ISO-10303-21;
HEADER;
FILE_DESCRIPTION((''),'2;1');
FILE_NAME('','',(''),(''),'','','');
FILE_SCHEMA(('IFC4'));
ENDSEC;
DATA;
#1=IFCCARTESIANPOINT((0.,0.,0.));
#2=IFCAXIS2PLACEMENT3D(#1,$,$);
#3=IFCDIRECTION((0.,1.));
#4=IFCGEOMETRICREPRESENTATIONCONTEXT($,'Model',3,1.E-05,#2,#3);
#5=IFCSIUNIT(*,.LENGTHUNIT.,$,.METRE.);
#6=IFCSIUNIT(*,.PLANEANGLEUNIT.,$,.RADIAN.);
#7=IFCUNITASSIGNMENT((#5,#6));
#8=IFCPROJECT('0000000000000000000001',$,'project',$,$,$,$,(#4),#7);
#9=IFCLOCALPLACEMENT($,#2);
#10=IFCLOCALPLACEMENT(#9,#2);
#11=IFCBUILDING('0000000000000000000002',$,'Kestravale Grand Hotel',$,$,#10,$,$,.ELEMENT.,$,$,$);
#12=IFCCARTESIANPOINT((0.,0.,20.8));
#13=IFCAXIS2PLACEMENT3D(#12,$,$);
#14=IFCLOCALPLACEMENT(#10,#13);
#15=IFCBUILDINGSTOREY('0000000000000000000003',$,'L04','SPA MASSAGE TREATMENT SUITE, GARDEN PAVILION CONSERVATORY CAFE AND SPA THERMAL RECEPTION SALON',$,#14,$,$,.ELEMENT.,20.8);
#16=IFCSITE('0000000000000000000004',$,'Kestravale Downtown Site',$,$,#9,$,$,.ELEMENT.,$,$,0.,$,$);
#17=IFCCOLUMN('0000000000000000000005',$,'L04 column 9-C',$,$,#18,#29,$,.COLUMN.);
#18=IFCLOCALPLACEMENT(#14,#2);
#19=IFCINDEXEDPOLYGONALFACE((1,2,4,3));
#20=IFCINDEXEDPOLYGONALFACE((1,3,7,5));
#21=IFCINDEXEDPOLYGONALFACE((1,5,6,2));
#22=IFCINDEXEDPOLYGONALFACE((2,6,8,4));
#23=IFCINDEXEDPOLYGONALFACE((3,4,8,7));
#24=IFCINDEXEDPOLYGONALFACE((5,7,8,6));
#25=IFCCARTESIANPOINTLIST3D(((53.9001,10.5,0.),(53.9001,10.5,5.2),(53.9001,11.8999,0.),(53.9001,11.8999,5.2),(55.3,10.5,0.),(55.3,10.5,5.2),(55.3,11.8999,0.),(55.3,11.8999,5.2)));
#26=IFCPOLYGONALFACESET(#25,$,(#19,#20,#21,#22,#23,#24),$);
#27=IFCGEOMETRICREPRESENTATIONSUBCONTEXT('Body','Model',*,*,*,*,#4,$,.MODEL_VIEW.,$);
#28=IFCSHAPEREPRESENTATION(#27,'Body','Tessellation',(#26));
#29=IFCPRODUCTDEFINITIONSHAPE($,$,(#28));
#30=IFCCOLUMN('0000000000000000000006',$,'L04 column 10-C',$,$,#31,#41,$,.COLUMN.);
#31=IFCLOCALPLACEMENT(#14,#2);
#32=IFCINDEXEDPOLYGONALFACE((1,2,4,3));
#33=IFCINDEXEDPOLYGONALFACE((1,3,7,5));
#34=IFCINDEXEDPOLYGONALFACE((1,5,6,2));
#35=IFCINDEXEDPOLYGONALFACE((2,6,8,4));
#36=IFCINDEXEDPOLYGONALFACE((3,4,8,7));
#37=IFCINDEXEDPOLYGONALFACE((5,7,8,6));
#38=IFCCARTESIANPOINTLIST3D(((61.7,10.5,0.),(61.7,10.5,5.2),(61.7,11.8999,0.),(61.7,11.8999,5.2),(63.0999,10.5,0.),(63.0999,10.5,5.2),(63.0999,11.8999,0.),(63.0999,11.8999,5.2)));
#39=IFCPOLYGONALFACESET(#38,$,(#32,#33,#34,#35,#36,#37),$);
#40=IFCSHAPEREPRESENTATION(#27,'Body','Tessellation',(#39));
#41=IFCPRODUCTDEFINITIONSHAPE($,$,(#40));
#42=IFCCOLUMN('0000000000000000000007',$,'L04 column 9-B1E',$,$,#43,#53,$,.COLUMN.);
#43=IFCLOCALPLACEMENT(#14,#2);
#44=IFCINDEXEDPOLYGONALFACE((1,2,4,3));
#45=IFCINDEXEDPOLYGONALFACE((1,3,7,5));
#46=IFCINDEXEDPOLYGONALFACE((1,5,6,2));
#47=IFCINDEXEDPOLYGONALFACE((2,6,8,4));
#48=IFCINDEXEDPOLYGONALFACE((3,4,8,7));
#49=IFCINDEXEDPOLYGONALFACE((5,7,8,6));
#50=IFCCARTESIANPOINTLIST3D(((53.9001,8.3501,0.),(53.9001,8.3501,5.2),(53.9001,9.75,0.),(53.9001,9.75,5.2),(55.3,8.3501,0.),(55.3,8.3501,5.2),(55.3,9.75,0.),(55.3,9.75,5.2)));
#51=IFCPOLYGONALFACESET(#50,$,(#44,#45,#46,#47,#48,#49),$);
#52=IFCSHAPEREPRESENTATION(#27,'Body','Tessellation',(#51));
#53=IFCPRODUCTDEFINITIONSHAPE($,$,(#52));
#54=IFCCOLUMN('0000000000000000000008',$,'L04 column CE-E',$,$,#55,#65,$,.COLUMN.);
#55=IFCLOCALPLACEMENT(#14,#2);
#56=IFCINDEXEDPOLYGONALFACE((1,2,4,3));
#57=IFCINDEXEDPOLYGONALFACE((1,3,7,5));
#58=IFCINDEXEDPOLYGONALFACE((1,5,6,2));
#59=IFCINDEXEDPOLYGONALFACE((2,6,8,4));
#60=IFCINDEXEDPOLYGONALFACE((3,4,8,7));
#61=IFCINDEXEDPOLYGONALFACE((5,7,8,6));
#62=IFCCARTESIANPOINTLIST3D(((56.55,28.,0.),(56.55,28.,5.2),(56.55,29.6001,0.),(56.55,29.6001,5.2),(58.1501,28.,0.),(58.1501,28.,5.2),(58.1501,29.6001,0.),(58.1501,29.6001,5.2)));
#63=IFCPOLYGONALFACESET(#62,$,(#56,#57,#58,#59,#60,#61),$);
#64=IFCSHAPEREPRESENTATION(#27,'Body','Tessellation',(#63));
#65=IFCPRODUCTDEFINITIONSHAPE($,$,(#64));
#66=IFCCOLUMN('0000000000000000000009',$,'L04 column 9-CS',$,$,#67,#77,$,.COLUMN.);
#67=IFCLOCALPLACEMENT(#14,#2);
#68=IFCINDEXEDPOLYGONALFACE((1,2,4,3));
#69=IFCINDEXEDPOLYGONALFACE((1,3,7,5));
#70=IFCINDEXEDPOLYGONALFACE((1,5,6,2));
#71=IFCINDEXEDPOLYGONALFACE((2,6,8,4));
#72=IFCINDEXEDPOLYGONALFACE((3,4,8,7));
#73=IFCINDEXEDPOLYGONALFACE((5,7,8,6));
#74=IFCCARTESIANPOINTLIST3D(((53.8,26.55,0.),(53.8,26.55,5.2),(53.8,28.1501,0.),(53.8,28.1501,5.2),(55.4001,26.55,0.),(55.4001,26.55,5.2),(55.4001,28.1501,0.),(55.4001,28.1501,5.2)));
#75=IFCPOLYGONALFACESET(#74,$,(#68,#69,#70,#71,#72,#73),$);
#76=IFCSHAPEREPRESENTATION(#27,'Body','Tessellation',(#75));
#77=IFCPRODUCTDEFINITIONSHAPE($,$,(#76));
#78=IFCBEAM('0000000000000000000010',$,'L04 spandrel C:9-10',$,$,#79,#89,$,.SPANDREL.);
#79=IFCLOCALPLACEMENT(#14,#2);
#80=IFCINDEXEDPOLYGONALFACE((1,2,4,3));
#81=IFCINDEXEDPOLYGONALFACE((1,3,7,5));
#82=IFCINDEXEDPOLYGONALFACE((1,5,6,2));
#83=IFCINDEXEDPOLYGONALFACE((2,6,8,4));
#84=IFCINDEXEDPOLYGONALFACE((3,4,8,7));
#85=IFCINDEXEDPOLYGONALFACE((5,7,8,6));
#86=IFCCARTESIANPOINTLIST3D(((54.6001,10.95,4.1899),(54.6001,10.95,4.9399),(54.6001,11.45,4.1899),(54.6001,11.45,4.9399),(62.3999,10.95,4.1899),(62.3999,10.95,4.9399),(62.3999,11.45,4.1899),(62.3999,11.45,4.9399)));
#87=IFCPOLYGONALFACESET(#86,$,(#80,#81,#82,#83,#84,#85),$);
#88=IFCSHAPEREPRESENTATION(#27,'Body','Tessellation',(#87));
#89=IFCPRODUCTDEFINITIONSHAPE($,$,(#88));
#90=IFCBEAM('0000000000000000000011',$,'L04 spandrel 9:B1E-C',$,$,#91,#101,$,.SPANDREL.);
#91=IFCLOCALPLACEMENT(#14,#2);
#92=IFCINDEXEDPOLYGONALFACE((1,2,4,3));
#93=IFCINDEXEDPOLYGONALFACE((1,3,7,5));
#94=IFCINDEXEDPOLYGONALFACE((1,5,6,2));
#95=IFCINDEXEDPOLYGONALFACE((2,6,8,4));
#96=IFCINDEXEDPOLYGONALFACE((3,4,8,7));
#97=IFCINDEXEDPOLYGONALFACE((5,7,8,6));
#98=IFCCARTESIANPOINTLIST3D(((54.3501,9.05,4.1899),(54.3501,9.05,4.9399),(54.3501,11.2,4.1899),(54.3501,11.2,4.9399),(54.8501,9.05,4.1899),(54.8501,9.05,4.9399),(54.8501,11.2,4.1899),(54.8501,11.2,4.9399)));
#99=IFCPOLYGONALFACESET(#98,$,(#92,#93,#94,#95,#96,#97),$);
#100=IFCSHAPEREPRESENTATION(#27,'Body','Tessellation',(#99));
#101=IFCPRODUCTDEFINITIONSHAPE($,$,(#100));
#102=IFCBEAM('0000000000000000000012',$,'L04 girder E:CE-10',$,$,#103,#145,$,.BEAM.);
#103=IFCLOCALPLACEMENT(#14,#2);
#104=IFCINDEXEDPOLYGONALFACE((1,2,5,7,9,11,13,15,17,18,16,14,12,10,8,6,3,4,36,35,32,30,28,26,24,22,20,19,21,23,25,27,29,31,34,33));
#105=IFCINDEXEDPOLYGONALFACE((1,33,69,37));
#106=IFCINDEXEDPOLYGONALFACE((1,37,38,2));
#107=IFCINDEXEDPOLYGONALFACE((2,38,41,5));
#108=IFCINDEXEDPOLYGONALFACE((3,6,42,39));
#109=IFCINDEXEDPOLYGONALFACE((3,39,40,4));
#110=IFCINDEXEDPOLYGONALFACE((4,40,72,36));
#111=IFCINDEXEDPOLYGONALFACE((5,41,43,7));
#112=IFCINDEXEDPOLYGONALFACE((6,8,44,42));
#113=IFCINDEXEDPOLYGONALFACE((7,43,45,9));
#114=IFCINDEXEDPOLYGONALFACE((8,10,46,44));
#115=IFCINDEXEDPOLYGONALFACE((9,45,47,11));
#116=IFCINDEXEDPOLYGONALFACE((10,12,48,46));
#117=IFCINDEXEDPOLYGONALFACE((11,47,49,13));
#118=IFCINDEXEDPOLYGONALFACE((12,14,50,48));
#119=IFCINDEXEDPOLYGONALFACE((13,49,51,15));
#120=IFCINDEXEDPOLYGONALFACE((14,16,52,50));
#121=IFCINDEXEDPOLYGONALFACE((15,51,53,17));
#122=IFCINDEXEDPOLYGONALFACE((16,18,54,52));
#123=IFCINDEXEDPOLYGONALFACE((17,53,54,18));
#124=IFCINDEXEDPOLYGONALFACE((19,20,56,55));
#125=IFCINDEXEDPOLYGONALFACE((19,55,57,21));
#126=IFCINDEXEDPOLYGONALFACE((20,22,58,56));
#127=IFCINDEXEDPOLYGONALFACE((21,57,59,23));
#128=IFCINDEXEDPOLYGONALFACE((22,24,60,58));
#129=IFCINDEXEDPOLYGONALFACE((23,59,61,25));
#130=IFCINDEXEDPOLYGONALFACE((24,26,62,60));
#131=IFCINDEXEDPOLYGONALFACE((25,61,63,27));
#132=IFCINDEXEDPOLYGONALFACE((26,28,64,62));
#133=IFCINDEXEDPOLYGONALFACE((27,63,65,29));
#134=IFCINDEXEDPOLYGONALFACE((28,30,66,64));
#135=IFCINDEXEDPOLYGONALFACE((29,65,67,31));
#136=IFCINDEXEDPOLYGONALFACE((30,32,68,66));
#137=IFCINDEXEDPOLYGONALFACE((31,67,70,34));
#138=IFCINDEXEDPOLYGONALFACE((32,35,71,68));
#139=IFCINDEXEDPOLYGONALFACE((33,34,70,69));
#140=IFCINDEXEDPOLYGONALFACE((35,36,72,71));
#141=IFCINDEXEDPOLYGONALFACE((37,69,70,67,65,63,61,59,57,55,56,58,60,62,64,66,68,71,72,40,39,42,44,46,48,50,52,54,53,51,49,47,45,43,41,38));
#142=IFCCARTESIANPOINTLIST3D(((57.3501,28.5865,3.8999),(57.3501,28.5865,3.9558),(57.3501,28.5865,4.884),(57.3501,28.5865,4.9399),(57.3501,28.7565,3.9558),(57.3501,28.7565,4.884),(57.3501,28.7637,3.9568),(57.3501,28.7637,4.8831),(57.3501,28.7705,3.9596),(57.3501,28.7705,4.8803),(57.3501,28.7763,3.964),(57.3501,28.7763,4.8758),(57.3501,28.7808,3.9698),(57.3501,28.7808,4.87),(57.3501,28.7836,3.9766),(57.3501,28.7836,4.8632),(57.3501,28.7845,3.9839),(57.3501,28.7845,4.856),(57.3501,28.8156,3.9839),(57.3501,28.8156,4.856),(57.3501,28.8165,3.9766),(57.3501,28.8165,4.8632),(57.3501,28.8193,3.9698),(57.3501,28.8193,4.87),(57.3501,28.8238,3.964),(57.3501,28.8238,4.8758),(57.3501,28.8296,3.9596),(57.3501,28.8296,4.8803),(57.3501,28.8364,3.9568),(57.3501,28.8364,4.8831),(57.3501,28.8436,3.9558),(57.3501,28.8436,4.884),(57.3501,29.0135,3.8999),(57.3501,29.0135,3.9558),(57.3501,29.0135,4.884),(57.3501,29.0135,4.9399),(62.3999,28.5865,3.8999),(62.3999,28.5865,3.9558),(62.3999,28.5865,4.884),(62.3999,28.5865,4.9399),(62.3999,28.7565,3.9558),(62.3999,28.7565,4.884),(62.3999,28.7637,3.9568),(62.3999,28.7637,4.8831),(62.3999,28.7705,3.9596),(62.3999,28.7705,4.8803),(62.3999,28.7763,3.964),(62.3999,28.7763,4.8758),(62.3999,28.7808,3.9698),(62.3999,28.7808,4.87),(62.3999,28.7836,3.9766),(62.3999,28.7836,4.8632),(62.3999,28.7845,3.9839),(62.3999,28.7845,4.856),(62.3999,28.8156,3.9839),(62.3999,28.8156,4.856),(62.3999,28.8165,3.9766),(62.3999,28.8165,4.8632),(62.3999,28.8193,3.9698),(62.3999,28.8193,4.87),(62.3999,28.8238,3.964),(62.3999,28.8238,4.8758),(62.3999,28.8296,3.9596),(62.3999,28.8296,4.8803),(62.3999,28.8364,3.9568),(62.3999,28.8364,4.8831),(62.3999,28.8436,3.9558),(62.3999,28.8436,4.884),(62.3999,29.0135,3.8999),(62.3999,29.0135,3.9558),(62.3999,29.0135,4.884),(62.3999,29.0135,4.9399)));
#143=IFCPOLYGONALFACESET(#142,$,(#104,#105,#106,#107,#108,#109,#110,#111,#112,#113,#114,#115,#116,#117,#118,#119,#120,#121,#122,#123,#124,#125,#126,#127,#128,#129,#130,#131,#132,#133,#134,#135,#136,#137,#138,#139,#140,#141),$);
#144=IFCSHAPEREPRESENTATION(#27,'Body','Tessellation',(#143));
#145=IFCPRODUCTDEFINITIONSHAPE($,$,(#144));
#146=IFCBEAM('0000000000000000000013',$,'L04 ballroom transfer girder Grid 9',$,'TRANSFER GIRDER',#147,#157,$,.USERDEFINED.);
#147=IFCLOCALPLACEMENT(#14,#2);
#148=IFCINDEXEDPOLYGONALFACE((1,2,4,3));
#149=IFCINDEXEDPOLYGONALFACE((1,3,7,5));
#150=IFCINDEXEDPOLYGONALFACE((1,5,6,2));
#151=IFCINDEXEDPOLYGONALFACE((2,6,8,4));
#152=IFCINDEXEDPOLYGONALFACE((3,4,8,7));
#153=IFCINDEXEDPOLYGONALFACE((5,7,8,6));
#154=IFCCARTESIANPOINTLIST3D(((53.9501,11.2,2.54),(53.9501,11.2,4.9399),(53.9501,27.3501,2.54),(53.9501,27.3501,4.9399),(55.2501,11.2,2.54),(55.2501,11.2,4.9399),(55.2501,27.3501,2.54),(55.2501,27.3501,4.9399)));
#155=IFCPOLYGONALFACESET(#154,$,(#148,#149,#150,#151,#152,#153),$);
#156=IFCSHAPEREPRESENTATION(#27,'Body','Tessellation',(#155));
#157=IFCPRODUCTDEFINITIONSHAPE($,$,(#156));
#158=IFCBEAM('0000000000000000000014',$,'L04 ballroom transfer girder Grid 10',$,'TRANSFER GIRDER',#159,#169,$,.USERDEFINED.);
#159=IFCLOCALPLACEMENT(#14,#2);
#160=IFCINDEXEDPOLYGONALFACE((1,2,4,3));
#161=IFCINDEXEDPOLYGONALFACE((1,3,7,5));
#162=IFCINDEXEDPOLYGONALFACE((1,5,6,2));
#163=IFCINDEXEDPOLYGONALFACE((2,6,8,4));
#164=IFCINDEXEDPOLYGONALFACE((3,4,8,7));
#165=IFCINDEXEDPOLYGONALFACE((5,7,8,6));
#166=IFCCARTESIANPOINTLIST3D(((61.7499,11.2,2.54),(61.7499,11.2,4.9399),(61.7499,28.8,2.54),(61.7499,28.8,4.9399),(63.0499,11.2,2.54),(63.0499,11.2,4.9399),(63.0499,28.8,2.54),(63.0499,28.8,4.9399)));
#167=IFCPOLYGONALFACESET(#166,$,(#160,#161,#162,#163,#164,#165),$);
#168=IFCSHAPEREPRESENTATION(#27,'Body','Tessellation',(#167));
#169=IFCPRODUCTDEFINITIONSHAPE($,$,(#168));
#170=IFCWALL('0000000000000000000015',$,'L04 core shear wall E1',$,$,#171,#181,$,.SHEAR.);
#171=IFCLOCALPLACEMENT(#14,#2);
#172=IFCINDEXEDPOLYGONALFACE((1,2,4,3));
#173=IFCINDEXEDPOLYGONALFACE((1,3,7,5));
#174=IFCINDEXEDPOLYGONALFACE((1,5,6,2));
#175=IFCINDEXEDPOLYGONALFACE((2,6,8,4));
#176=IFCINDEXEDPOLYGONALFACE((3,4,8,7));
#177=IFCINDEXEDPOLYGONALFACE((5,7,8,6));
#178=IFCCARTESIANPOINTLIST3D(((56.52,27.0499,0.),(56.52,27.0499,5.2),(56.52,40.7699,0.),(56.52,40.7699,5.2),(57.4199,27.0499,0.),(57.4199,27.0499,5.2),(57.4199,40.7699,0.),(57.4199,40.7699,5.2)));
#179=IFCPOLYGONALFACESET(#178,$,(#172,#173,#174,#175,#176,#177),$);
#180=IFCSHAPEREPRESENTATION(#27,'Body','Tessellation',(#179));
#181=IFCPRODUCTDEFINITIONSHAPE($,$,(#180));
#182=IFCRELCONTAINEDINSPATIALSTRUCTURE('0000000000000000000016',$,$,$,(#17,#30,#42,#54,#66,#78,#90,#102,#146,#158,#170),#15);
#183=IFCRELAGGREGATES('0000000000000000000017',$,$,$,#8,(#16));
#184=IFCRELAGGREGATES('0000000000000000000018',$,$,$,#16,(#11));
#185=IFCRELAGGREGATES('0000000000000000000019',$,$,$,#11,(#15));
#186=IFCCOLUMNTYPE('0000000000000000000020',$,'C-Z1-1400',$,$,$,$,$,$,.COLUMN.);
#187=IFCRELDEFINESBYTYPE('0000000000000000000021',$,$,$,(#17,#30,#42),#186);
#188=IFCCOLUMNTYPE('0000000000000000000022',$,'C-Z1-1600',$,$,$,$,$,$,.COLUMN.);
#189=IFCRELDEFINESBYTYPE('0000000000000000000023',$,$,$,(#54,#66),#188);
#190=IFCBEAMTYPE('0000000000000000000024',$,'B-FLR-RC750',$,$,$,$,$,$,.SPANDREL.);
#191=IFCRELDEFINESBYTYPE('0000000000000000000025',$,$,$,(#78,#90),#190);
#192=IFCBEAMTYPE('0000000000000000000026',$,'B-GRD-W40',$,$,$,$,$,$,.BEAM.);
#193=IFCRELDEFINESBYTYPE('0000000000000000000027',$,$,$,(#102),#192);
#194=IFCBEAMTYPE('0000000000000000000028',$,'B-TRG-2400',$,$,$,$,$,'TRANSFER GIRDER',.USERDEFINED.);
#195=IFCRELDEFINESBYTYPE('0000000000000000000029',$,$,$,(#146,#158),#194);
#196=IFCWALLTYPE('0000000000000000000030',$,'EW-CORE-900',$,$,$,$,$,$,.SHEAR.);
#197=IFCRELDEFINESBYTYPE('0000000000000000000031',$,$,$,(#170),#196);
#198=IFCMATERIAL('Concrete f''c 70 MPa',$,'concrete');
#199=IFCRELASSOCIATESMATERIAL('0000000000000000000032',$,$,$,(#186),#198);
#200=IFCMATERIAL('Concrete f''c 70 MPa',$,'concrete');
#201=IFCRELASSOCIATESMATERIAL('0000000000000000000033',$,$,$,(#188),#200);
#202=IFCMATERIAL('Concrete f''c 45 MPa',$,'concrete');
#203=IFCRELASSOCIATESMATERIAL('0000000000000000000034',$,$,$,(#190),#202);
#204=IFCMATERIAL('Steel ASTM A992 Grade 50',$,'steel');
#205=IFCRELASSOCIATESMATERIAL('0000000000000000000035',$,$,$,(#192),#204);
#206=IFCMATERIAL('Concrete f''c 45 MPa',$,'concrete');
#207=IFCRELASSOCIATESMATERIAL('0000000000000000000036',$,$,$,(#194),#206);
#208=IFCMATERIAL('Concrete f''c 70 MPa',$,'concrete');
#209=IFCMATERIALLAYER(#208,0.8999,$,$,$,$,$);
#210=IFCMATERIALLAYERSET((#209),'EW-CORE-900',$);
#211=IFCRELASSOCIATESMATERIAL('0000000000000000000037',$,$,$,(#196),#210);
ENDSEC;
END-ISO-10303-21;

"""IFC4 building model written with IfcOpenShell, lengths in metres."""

from ifc_helpers import new_model, si_unit, direction, frame, frame_2d, origin, origin_2d, place, context, subcontext, project, spatial, rectangle, i_section, extrude, material, layer, layer_set, material_profile, profile_set, type_object, element, save


model = new_model("IFC4")

# Units and contexts
model_context = context("Model", 3, precision=1e-05, world=origin(), true_north=direction((0.0, 1.0)))
body_context = subcontext(model_context, "Body", "Model", "MODEL_VIEW")
ifc_project = project(units=[si_unit("LENGTHUNIT", "METRE"), si_unit("PLANEANGLEUNIT", "RADIAN")], contexts=[model_context])

# Site, building, storey
site_placement = place(None, origin())
site = spatial("IfcSite", under=ifc_project, at=site_placement, Name="Kestravale Downtown Site", CompositionType="ELEMENT", RefElevation=0.0)
building_placement = place(site_placement, origin())
building = spatial("IfcBuilding", under=site, at=building_placement, Name="Kestravale Grand Hotel", CompositionType="ELEMENT")
storey_placement = place(building_placement, frame((0.0, 0.0, 20.8)))
storey = spatial("IfcBuildingStorey", under=building, at=storey_placement, Name="L04", Description="SPA MASSAGE TREATMENT SUITE, GARDEN PAVILION CONSERVATORY CAFE AND SPA THERMAL RECEPTION SALON", CompositionType="ELEMENT", Elevation=20.8)

# Columns
ifc_material_1 = material(Name="Concrete f'c 70 MPa", Category="concrete")
ifc_material_profile_1 = material_profile(ifc_material_1, rectangle(XDim=1.3999, YDim=1.3999, at=origin_2d()))
ifc_profile_set_1 = profile_set([ifc_material_profile_1], Name="Concrete f'c 70 MPa")
column_type_1 = type_object("IfcColumnType", Name="C-Z1-1400", PredefinedType="COLUMN", material=ifc_profile_set_1)
for number, where, z_axis, x_axis, name in (
    (1, (54.6001, 11.2, 0.0), (0.0, 0.0, 1.0), (1.0, 0.0, 0.0), "L04 column 9-C"),
    (2, (62.3999, 11.2, 0.0), (0.0, 0.0, 1.0), (1.0, 0.0, 0.0), "L04 column 10-C"),
    (3, (54.6001, 9.05, 0.0), (0.0, 0.0, 1.0), (1.0, 0.0, 0.0), "L04 column 9-B1E"),
):
    element("IfcColumn", number, at=place(storey_placement, frame(where, z_axis=z_axis, x_axis=x_axis)), inside=storey, type_object=column_type_1, Name=name, PredefinedType="COLUMN", context=body_context, shape_type="SweptSolid", body=[
        extrude(rectangle(XDim=1.3999, YDim=1.3999, at=origin_2d()), origin(), (0.0, 0.0, 1.0), 5.2),
    ])
ifc_material_2 = material(Name="Concrete f'c 70 MPa", Category="concrete")
ifc_material_profile_2 = material_profile(ifc_material_2, rectangle(XDim=1.6001, YDim=1.6001, at=origin_2d()))
ifc_profile_set_2 = profile_set([ifc_material_profile_2], Name="Concrete f'c 70 MPa")
column_type_2 = type_object("IfcColumnType", Name="C-Z1-1600", PredefinedType="COLUMN", material=ifc_profile_set_2)
for number, where, z_axis, x_axis, name in (
    (4, (57.3501, 28.8, 0.0), (0.0, 0.0, 1.0), (1.0, 0.0, 0.0), "L04 column CE-E"),
    (5, (54.6001, 27.3501, 0.0), (0.0, 0.0, 1.0), (1.0, 0.0, 0.0), "L04 column 9-CS"),
):
    element("IfcColumn", number, at=place(storey_placement, frame(where, z_axis=z_axis, x_axis=x_axis)), inside=storey, type_object=column_type_2, Name=name, PredefinedType="COLUMN", context=body_context, shape_type="SweptSolid", body=[
        extrude(rectangle(XDim=1.6001, YDim=1.6001, at=origin_2d()), origin(), (0.0, 0.0, 1.0), 5.2),
    ])

# Beams
ifc_material_3 = material(Name="Concrete f'c 45 MPa", Category="concrete")
ifc_material_profile_3 = material_profile(ifc_material_3, rectangle(XDim=0.5, YDim=0.75, at=origin_2d()))
ifc_profile_set_3 = profile_set([ifc_material_profile_3], Name="Concrete f'c 45 MPa")
beam_type_1 = type_object("IfcBeamType", Name="B-FLR-RC750", PredefinedType="SPANDREL", material=ifc_profile_set_3)
beam_1_placement = place(storey_placement, frame((54.6001, 11.2, 4.5649), z_axis=(1.0, 0.0, 0.0), x_axis=(0.0, 1.0, 0.0)))
element("IfcBeam", 6, at=beam_1_placement, inside=storey, type_object=beam_type_1, Name="L04 spandrel C:9-10", PredefinedType="SPANDREL", context=body_context, shape_type="SweptSolid", body=[
    extrude(rectangle(XDim=0.5, YDim=0.75, at=origin_2d()), origin(), (0.0, 0.0, 1.0), 7.7998),
])
beam_2_placement = place(storey_placement, frame((54.6001, 9.05, 4.5649), z_axis=(0.0, 1.0, 0.0), x_axis=(-1.0, 0.0, 0.0)))
element("IfcBeam", 7, at=beam_2_placement, inside=storey, type_object=beam_type_1, Name="L04 spandrel 9:B1E-C", PredefinedType="SPANDREL", context=body_context, shape_type="SweptSolid", body=[
    extrude(rectangle(XDim=0.5, YDim=0.75, at=origin_2d()), origin(), (0.0, 0.0, 1.0), 2.1499),
])
ifc_material_4 = material(Name="Steel ASTM A992 Grade 50", Category="steel")
ifc_material_profile_4 = material_profile(ifc_material_4, i_section(OverallWidth=0.427, OverallDepth=1.04, WebThickness=0.031, FlangeThickness=0.0559, FilletRadius=0.0281, at=origin_2d()))
ifc_profile_set_4 = profile_set([ifc_material_profile_4], Name="Steel ASTM A992 Grade 50")
beam_type_2 = type_object("IfcBeamType", Name="B-GRD-W40", PredefinedType="BEAM", material=ifc_profile_set_4)
beam_3_placement = place(storey_placement, frame((57.3501, 28.8, 4.4199), z_axis=(1.0, 0.0, 0.0), x_axis=(0.0, 1.0, 0.0)))
element("IfcBeam", 8, at=beam_3_placement, inside=storey, type_object=beam_type_2, Name="L04 girder E:CE-10", PredefinedType="BEAM", context=body_context, shape_type="SweptSolid", body=[
    extrude(i_section(OverallWidth=0.427, OverallDepth=1.04, WebThickness=0.031, FlangeThickness=0.0559, FilletRadius=0.0281, at=origin_2d()), origin(), (0.0, 0.0, 1.0), 5.0498),
])
ifc_material_5 = material(Name="Concrete f'c 45 MPa", Category="concrete")
ifc_material_profile_5 = material_profile(ifc_material_5, rectangle(XDim=1.3, YDim=2.3999, at=origin_2d()))
ifc_profile_set_5 = profile_set([ifc_material_profile_5], Name="Concrete f'c 45 MPa")
beam_type_3 = type_object("IfcBeamType", Name="B-TRG-2400", ElementType="TRANSFER GIRDER", PredefinedType="USERDEFINED", material=ifc_profile_set_5)
beam_4_placement = place(storey_placement, frame((54.6001, 11.2, 3.74), z_axis=(0.0, 1.0, 0.0), x_axis=(-1.0, 0.0, 0.0)))
element("IfcBeam", 9, at=beam_4_placement, inside=storey, type_object=beam_type_3, Name="L04 ballroom transfer girder Grid 9", ObjectType="TRANSFER GIRDER", PredefinedType="USERDEFINED", context=body_context, shape_type="SweptSolid", body=[
    extrude(rectangle(XDim=1.3, YDim=2.3999, at=origin_2d()), origin(), (0.0, 0.0, 1.0), 16.1501),
])
beam_5_placement = place(storey_placement, frame((62.3999, 11.2, 3.74), z_axis=(0.0, 1.0, 0.0), x_axis=(-1.0, 0.0, 0.0)))
element("IfcBeam", 10, at=beam_5_placement, inside=storey, type_object=beam_type_3, Name="L04 ballroom transfer girder Grid 10", ObjectType="TRANSFER GIRDER", PredefinedType="USERDEFINED", context=body_context, shape_type="SweptSolid", body=[
    extrude(rectangle(XDim=1.3, YDim=2.3999, at=origin_2d()), origin(), (0.0, 0.0, 1.0), 17.6001),
])

# Wall
ifc_material_6 = material(Name="Concrete f'c 70 MPa", Category="concrete")
ifc_layer_1 = layer(ifc_material_6, 0.8999)
ifc_layer_set_1 = layer_set([ifc_layer_1], Name="EW-CORE-900")
wall_type_1 = type_object("IfcWallType", Name="EW-CORE-900", PredefinedType="SHEAR", material=ifc_layer_set_1)
wall_1_placement = place(storey_placement, frame((56.97, 27.05, 0.0), z_axis=(0.0, 0.0, 1.0), x_axis=(0.0, 1.0, 0.0)))
element("IfcWall", 11, at=wall_1_placement, inside=storey, type_object=wall_type_1, Name="L04 core shear wall E1", PredefinedType="SHEAR", context=body_context, shape_type="SweptSolid", body=[
    extrude(rectangle(XDim=13.72, YDim=0.8999, at=frame_2d((6.8599, 0.0))), origin(), (0.0, 0.0, 1.0), 5.2),
])

save(model, "model.ifc")
